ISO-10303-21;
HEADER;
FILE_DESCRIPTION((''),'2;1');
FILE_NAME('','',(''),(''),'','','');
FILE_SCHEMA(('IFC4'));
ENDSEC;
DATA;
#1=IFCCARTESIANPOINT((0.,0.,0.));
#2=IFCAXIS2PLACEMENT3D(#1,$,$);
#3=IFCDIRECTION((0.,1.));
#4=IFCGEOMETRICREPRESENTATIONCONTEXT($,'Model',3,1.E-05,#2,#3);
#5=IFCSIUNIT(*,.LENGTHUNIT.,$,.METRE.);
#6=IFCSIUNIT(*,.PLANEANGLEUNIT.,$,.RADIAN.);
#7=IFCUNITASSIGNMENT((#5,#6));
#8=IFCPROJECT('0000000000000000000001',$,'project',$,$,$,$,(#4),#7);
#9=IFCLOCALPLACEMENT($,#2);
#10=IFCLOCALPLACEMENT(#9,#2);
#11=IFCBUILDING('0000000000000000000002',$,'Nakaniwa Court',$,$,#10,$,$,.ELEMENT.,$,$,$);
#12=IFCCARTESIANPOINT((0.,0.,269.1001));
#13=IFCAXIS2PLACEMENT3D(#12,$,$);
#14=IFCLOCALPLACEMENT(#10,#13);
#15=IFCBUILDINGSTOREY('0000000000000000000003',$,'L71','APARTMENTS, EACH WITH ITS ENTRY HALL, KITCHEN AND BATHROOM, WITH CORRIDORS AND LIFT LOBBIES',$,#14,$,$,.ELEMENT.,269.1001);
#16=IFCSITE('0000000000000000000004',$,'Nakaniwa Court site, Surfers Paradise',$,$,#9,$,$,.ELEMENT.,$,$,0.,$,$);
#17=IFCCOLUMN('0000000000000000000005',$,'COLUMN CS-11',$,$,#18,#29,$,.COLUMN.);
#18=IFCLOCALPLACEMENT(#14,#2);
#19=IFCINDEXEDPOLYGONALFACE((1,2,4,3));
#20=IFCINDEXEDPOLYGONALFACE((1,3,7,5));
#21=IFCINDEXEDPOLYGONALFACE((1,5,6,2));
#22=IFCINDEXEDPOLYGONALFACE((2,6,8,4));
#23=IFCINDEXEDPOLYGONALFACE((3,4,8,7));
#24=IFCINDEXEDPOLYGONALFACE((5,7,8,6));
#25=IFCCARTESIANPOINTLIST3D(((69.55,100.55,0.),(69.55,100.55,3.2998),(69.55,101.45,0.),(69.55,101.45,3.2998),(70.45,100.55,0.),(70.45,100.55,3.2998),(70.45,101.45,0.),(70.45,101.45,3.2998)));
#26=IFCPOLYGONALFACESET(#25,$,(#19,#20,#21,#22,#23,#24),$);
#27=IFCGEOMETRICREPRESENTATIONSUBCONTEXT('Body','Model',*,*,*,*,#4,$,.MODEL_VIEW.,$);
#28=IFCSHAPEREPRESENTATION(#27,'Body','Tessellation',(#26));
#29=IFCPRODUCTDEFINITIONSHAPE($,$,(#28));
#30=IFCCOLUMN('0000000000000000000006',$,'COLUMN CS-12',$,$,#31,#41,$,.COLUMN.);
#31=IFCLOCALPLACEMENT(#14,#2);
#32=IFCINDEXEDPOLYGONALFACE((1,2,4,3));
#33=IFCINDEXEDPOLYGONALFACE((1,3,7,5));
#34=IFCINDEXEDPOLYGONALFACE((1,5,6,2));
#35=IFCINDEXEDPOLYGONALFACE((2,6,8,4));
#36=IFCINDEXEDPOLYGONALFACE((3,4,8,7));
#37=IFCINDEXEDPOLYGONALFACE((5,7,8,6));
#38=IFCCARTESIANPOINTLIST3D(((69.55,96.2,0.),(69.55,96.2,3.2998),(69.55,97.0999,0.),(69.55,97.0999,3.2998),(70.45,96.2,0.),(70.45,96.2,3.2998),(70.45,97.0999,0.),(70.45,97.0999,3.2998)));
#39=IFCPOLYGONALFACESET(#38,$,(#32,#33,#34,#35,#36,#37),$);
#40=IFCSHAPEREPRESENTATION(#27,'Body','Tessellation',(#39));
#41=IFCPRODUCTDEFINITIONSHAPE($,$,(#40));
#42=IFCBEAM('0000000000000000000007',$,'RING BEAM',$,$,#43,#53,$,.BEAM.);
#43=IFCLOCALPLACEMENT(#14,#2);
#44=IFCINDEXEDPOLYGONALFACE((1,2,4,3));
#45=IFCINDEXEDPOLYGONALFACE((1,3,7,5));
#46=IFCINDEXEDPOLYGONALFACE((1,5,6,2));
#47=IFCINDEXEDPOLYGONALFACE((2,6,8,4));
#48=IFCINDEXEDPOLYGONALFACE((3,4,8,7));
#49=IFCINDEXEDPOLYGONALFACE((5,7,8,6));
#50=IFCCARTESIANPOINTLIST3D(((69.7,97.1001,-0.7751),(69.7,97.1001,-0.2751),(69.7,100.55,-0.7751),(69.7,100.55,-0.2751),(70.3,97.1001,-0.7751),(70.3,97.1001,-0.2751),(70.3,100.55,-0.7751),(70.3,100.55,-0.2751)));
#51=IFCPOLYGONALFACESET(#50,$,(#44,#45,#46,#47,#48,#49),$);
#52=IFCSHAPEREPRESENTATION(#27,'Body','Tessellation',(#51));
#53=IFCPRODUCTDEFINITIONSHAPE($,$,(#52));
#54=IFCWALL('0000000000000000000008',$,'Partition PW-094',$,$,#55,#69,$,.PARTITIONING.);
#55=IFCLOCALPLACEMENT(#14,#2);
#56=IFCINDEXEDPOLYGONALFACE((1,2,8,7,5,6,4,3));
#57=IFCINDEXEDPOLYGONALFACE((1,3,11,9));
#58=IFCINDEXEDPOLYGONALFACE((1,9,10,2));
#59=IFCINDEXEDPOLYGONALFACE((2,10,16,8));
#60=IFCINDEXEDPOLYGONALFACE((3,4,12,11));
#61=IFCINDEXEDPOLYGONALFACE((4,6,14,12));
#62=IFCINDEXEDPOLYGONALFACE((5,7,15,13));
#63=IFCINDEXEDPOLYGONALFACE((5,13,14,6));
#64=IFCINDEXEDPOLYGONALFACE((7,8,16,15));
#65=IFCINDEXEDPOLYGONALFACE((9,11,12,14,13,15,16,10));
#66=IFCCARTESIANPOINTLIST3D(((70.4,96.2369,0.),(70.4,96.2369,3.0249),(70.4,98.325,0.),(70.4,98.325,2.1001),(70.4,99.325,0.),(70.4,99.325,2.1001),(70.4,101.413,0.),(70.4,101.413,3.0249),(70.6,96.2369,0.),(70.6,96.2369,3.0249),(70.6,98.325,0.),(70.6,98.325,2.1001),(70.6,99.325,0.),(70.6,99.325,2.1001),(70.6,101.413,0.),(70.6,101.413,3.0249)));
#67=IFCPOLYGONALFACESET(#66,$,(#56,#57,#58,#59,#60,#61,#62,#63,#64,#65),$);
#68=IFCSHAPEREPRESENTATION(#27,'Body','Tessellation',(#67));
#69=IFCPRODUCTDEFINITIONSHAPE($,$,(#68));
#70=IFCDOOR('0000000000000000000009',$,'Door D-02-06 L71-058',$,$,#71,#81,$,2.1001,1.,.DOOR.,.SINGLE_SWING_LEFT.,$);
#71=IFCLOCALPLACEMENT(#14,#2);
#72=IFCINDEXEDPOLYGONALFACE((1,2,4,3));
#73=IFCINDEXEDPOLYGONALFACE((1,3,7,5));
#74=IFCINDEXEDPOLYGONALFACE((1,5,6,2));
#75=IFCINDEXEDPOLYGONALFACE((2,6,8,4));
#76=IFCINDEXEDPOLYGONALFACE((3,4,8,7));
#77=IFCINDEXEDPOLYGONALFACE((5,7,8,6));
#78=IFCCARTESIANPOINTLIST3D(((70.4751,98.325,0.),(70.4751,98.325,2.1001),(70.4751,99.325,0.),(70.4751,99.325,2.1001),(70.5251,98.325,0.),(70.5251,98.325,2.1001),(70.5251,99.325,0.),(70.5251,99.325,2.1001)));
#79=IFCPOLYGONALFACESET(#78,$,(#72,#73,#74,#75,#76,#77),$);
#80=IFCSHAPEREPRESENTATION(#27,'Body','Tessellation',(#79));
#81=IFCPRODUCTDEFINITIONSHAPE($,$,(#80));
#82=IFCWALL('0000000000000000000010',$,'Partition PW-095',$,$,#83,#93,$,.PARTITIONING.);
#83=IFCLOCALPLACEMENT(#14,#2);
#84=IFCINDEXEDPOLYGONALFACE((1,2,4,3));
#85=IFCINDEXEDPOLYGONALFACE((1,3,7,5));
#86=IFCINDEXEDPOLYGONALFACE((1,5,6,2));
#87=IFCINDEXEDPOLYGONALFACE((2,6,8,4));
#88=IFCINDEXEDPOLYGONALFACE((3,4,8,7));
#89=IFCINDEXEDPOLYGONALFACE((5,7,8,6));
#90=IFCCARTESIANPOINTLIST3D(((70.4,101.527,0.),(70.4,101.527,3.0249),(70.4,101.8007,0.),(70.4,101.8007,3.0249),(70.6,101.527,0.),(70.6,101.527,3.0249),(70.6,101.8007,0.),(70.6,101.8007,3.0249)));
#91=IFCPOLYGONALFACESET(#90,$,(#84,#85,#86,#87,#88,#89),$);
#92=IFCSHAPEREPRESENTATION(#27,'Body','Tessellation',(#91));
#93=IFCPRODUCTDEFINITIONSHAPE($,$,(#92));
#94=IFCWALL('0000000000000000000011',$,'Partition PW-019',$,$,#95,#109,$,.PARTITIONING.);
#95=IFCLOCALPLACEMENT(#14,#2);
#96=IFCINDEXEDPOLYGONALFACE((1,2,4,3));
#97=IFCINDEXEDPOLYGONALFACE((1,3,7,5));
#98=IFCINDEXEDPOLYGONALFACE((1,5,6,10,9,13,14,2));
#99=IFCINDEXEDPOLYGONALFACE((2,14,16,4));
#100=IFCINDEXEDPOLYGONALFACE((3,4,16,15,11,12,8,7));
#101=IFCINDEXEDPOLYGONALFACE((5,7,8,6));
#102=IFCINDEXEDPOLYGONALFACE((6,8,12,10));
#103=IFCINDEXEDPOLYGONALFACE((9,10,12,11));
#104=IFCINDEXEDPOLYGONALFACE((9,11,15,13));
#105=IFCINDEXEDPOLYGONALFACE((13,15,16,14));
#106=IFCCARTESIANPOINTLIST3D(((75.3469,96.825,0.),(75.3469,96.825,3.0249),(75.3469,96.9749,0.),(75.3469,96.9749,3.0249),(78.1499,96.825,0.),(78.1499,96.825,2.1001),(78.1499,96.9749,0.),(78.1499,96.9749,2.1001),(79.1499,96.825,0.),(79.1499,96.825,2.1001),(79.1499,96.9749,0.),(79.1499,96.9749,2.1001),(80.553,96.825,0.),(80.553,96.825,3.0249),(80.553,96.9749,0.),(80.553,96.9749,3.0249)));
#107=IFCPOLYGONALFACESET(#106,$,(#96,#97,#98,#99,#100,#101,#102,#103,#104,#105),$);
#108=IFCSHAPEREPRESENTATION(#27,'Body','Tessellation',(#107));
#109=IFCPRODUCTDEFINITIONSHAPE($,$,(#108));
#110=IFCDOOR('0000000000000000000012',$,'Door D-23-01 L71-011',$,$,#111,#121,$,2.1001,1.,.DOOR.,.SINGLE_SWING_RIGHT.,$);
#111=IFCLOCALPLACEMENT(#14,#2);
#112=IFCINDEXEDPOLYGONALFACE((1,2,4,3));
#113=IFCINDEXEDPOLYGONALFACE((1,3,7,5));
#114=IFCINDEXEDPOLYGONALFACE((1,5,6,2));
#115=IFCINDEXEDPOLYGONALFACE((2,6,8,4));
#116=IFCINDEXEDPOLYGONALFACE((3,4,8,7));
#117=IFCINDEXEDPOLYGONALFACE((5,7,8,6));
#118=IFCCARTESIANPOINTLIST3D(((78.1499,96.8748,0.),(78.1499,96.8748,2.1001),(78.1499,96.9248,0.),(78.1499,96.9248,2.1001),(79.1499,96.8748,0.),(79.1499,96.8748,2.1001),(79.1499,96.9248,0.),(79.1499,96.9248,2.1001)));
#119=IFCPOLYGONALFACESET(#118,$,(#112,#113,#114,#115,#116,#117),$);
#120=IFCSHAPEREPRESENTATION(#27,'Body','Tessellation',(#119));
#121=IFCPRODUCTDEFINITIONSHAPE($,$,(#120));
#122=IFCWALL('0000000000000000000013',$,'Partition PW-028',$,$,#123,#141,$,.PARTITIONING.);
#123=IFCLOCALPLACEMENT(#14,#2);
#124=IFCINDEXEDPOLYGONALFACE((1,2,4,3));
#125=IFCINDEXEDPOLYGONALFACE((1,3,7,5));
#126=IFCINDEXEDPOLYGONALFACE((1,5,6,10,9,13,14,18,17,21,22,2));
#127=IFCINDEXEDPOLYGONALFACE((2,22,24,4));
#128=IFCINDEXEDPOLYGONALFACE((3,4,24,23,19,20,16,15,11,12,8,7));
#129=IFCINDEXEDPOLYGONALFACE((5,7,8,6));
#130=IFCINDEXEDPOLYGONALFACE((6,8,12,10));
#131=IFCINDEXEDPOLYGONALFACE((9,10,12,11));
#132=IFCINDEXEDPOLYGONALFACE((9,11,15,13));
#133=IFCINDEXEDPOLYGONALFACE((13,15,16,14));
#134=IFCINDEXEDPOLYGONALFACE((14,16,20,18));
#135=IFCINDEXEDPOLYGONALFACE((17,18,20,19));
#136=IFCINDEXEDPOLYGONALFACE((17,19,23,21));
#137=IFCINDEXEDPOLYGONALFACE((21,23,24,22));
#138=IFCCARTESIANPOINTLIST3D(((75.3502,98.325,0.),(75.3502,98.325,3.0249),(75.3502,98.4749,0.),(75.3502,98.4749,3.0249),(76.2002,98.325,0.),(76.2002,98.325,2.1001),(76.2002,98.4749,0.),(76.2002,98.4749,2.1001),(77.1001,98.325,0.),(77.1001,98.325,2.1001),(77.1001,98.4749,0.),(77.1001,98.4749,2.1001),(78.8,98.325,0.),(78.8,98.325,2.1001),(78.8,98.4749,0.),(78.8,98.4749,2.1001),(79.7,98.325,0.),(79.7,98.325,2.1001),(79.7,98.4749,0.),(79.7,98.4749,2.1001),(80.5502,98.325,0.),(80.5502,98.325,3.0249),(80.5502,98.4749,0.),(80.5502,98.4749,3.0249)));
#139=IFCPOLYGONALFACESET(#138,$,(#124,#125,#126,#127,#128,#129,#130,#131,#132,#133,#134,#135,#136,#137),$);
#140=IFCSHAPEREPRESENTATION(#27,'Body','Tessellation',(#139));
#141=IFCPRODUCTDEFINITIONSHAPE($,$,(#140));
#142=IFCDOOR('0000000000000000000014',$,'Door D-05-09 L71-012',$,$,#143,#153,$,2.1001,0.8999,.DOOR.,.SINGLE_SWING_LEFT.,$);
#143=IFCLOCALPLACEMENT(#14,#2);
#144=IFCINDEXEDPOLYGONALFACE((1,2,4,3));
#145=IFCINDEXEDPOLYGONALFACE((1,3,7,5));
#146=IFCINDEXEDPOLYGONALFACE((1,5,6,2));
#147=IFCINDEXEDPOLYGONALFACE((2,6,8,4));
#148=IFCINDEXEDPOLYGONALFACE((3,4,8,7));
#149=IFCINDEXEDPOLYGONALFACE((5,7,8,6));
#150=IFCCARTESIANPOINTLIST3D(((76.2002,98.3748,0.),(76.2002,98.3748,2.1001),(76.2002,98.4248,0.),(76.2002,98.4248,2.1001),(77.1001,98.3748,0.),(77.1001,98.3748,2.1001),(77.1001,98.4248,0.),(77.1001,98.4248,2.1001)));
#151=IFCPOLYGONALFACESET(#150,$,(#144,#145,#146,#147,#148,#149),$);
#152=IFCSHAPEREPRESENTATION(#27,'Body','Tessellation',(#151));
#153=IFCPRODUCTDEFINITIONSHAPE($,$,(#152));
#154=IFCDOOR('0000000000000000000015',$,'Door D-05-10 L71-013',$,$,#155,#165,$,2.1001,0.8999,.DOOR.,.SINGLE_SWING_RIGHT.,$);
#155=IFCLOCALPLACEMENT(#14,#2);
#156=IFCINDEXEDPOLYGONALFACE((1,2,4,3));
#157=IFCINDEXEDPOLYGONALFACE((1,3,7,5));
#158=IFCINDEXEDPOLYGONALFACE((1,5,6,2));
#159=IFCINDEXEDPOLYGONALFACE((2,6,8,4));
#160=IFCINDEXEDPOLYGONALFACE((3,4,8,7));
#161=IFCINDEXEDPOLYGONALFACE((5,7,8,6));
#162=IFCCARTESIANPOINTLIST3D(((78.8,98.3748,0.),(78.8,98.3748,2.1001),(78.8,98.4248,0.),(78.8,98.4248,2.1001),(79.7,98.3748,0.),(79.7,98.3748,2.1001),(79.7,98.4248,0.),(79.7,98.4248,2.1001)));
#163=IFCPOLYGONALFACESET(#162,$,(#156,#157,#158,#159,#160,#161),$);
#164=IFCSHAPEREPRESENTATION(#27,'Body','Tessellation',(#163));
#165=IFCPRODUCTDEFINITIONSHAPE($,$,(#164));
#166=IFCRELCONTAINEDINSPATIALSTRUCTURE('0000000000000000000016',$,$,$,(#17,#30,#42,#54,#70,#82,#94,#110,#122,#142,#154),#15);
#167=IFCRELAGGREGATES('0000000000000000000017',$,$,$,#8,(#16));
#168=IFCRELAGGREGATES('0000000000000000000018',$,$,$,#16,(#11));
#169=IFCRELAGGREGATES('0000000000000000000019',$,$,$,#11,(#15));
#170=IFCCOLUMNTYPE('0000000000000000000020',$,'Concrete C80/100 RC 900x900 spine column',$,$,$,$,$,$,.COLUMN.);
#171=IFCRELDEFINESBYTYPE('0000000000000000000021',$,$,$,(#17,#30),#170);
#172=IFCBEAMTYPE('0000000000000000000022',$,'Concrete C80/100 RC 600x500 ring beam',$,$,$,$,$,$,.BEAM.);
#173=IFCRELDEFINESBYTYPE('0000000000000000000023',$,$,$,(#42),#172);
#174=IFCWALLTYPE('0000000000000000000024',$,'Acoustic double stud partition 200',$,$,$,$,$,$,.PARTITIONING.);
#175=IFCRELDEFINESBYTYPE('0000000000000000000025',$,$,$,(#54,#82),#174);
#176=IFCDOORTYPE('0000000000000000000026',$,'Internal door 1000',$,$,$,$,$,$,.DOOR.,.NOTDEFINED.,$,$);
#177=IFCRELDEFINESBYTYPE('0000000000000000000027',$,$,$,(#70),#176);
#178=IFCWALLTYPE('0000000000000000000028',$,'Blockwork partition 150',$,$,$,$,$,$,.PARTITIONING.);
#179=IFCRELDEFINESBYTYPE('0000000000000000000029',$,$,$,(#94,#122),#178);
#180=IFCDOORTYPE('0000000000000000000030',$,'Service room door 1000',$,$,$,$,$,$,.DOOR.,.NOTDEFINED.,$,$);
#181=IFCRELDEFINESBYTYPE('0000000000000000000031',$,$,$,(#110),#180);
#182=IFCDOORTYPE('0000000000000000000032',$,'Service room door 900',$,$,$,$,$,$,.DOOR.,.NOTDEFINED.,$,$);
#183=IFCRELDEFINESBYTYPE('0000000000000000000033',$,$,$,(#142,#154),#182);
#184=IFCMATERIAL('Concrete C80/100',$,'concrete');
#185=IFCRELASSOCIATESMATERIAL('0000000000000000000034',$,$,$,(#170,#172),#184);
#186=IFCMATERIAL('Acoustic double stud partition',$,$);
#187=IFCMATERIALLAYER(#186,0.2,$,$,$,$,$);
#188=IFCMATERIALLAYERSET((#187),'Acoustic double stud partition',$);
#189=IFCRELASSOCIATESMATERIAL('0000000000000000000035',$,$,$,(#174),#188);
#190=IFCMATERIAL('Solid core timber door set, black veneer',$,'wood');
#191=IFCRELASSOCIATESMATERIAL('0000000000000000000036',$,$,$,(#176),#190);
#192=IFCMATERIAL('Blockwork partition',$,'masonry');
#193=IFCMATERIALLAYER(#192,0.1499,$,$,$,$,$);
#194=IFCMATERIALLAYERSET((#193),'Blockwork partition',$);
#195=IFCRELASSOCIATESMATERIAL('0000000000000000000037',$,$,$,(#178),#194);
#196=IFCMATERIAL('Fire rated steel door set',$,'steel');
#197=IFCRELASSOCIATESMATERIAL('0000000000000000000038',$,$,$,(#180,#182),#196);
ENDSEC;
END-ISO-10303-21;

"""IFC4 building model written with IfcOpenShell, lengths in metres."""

from ifc_helpers import new_model, si_unit, direction, frame, frame_2d, origin, origin_2d, place, context, subcontext, project, spatial, rectangle, extrude, material, layer, layer_set, material_profile, profile_set, type_object, element, fill, save


model = new_model("IFC4")

# Units and contexts
model_context = context("Model", 3, precision=1e-05, world=origin(), true_north=direction((0.0, 1.0)))
body_context = subcontext(model_context, "Body", "Model", "MODEL_VIEW")
ifc_project = project(units=[si_unit("LENGTHUNIT", "METRE"), si_unit("PLANEANGLEUNIT", "RADIAN")], contexts=[model_context])

# Site, building, storey
site_placement = place(None, origin())
site = spatial("IfcSite", under=ifc_project, at=site_placement, Name="Nakaniwa Court site, Surfers Paradise", CompositionType="ELEMENT", RefElevation=0.0)
building_placement = place(site_placement, origin())
building = spatial("IfcBuilding", under=site, at=building_placement, Name="Nakaniwa Court", CompositionType="ELEMENT")
storey_placement = place(building_placement, frame((0.0, 0.0, 269.1001)))
storey = spatial("IfcBuildingStorey", under=building, at=storey_placement, Name="L71", Description="APARTMENTS, EACH WITH ITS ENTRY HALL, KITCHEN AND BATHROOM, WITH CORRIDORS AND LIFT LOBBIES", CompositionType="ELEMENT", Elevation=269.1001)

# Columns
ifc_material_1 = material(Name="Concrete C80/100", Category="concrete")
ifc_material_profile_1 = material_profile(ifc_material_1, rectangle(XDim=0.8999, YDim=0.8999, at=origin_2d()), Name="Concrete C80/100 RC 900x900 spine column")
ifc_profile_set_1 = profile_set([ifc_material_profile_1], Name="Concrete C80/100")
column_type = type_object("IfcColumnType", Name="Concrete C80/100 RC 900x900 spine column", PredefinedType="COLUMN", material=ifc_profile_set_1)
for number, where, z_axis, x_axis, name in (
    (1, (70.0, 101.0, 0.0), (0.0, 0.0, 1.0), (0.0, -1.0, 0.0), "COLUMN CS-11"),
    (2, (70.0, 96.6499, 0.0), (0.0, 0.0, 1.0), (0.0, -1.0, 0.0), "COLUMN CS-12"),
):
    element("IfcColumn", number, at=place(storey_placement, frame(where, z_axis=z_axis, x_axis=x_axis)), inside=storey, type_object=column_type, Name=name, PredefinedType="COLUMN", context=body_context, shape_type="SweptSolid", body=[
        extrude(rectangle(XDim=0.8999, YDim=0.8999, at=origin_2d()), origin(), (0.0, 0.0, 1.0), 3.2998),
    ])

# Beam
ifc_material_profile_2 = material_profile(ifc_material_1, rectangle(XDim=0.6001, YDim=0.5, at=origin_2d()), Name="Concrete C80/100 RC 600x500 ring beam")
ifc_profile_set_2 = profile_set([ifc_material_profile_2], Name="Concrete C80/100")
beam_type = type_object("IfcBeamType", Name="Concrete C80/100 RC 600x500 ring beam", PredefinedType="BEAM", material=ifc_profile_set_2)
beam_placement = place(storey_placement, frame((70.0, 100.55, -0.5251), z_axis=(0.0, -1.0, 0.0), x_axis=(1.0, 0.0, 0.0)))
element("IfcBeam", 3, at=beam_placement, inside=storey, type_object=beam_type, Name="RING BEAM", PredefinedType="BEAM", context=body_context, shape_type="SweptSolid", body=[
    extrude(rectangle(XDim=0.6001, YDim=0.5, at=origin_2d()), origin(), (0.0, 0.0, 1.0), 3.45),
])

# Wall, opening, door
ifc_material_2 = material(Name="Acoustic double stud partition")
ifc_layer_1 = layer(ifc_material_2, 0.2)
ifc_layer_set_1 = layer_set([ifc_layer_1], Name="Acoustic double stud partition")
wall_type_1 = type_object("IfcWallType", Name="Acoustic double stud partition 200", PredefinedType="PARTITIONING", material=ifc_layer_set_1)
wall_1_placement = place(storey_placement, frame((70.5, 96.2371, 0.0), z_axis=(0.0, 0.0, 1.0), x_axis=(0.0, 1.0, 0.0)))
wall_1 = element("IfcWall", 4, at=wall_1_placement, inside=storey, type_object=wall_type_1, Name="Partition PW-094", PredefinedType="PARTITIONING", context=body_context, shape_type="SweptSolid", body=[
    extrude(rectangle(XDim=5.176, YDim=0.2, at=frame_2d((2.5879, 0.0))), origin(), (0.0, 0.0, 1.0), 3.0249),
])
opening_1_placement = place(wall_1_placement, frame((2.0879, 0.0, 0.0)))
opening_1 = element("IfcOpeningElement", 5, at=opening_1_placement, cuts=wall_1, PredefinedType="OPENING", context=body_context, shape_type="SweptSolid", body=[
    extrude(rectangle(XDim=1.0, YDim=2.1001, at=frame_2d((0.5, 1.05))), frame((0.0, 0.1099, 0.0), z_axis=(0.0, -1.0, 0.0), x_axis=(1.0, 0.0, 0.0)), (0.0, 0.0, 1.0), 0.22),
])
ifc_material_3 = material(Name="Solid core timber door set, black veneer", Category="wood")
door_type_1 = type_object("IfcDoorType", Name="Internal door 1000", OperationType="NOTDEFINED", PredefinedType="DOOR", material=ifc_material_3)
door_1_placement = place(opening_1_placement, origin())
door_1 = element("IfcDoor", 6, at=door_1_placement, inside=storey, type_object=door_type_1, Name="Door D-02-06 L71-058", OperationType="SINGLE_SWING_LEFT", OverallHeight=2.1001, OverallWidth=1.0, PredefinedType="DOOR", context=body_context, shape_type="SweptSolid", body=[
    extrude(rectangle(XDim=1.0, YDim=2.1001, at=frame_2d((0.5, 1.05))), frame((0.0, 0.0249, 0.0), z_axis=(0.0, -1.0, 0.0), x_axis=(1.0, 0.0, 0.0)), (0.0, 0.0, 1.0), 0.05),
])
fill(opening_1, door_1)

# Wall
wall_2_placement = place(storey_placement, frame((70.5, 101.5271, 0.0), z_axis=(0.0, 0.0, 1.0), x_axis=(0.0, 1.0, 0.0)))
element("IfcWall", 7, at=wall_2_placement, inside=storey, type_object=wall_type_1, Name="Partition PW-095", PredefinedType="PARTITIONING", context=body_context, shape_type="SweptSolid", body=[
    extrude(rectangle(XDim=0.2737, YDim=0.2, at=frame_2d((0.1367, 0.0))), origin(), (0.0, 0.0, 1.0), 3.0249),
])

# Wall, opening, door
ifc_material_4 = material(Name="Blockwork partition", Category="masonry")
ifc_layer_2 = layer(ifc_material_4, 0.1499)
ifc_layer_set_2 = layer_set([ifc_layer_2], Name="Blockwork partition")
wall_type_2 = type_object("IfcWallType", Name="Blockwork partition 150", PredefinedType="PARTITIONING", material=ifc_layer_set_2)
wall_3_placement = place(storey_placement, frame((75.3469, 96.8999, 0.0), z_axis=(0.0, 0.0, 1.0), x_axis=(1.0, 0.0, 0.0)))
wall_3 = element("IfcWall", 8, at=wall_3_placement, inside=storey, type_object=wall_type_2, Name="Partition PW-019", PredefinedType="PARTITIONING", context=body_context, shape_type="SweptSolid", body=[
    extrude(rectangle(XDim=5.2061, YDim=0.1499, at=frame_2d((2.603, 0.0))), origin(), (0.0, 0.0, 1.0), 3.0249),
])
opening_2_placement = place(wall_3_placement, frame((2.803, 0.0, 0.0)))
opening_2 = element("IfcOpeningElement", 9, at=opening_2_placement, cuts=wall_3, PredefinedType="OPENING", context=body_context, shape_type="SweptSolid", body=[
    extrude(rectangle(XDim=1.0, YDim=2.1001, at=frame_2d((0.5, 1.05))), frame((0.0, 0.085, 0.0), z_axis=(0.0, -1.0, 0.0), x_axis=(1.0, 0.0, 0.0)), (0.0, 0.0, 1.0), 0.1699),
])
ifc_material_5 = material(Name="Fire rated steel door set", Category="steel")
door_type_2 = type_object("IfcDoorType", Name="Service room door 1000", OperationType="NOTDEFINED", PredefinedType="DOOR", material=ifc_material_5)
door_2_placement = place(opening_2_placement, origin())
door_2 = element("IfcDoor", 10, at=door_2_placement, inside=storey, type_object=door_type_2, Name="Door D-23-01 L71-011", OperationType="SINGLE_SWING_RIGHT", OverallHeight=2.1001, OverallWidth=1.0, PredefinedType="DOOR", context=body_context, shape_type="SweptSolid", body=[
    extrude(rectangle(XDim=1.0, YDim=2.1001, at=frame_2d((0.5, 1.05))), frame((0.0, 0.0249, 0.0), z_axis=(0.0, -1.0, 0.0), x_axis=(1.0, 0.0, 0.0)), (0.0, 0.0, 1.0), 0.05),
])
fill(opening_2, door_2)

# Wall, openings, doors
wall_4_placement = place(storey_placement, frame((75.3501, 98.3999, 0.0), z_axis=(0.0, 0.0, 1.0), x_axis=(1.0, 0.0, 0.0)))
wall_4 = element("IfcWall", 11, at=wall_4_placement, inside=storey, type_object=wall_type_2, Name="Partition PW-028", PredefinedType="PARTITIONING", context=body_context, shape_type="SweptSolid", body=[
    extrude(rectangle(XDim=5.2, YDim=0.1499, at=frame_2d((2.6001, 0.0))), origin(), (0.0, 0.0, 1.0), 3.0249),
])
opening_3_placement = place(wall_4_placement, frame((0.8501, 0.0, 0.0)))
opening_3 = element("IfcOpeningElement", 12, at=opening_3_placement, cuts=wall_4, PredefinedType="OPENING", context=body_context, shape_type="SweptSolid", body=[
    extrude(rectangle(XDim=0.8999, YDim=2.1001, at=frame_2d((0.45, 1.05))), frame((0.0, 0.085, 0.0), z_axis=(0.0, -1.0, 0.0), x_axis=(1.0, 0.0, 0.0)), (0.0, 0.0, 1.0), 0.1699),
])
opening_4_placement = place(wall_4_placement, frame((3.45, 0.0, 0.0)))
opening_4 = element("IfcOpeningElement", 13, at=opening_4_placement, cuts=wall_4, PredefinedType="OPENING", context=body_context, shape_type="SweptSolid", body=[
    extrude(rectangle(XDim=0.8999, YDim=2.1001, at=frame_2d((0.45, 1.05))), frame((0.0, 0.085, 0.0), z_axis=(0.0, -1.0, 0.0), x_axis=(1.0, 0.0, 0.0)), (0.0, 0.0, 1.0), 0.1699),
])
door_type_3 = type_object("IfcDoorType", Name="Service room door 900", OperationType="NOTDEFINED", PredefinedType="DOOR", material=ifc_material_5)
door_3_placement = place(opening_3_placement, origin())
door_3 = element("IfcDoor", 14, at=door_3_placement, inside=storey, type_object=door_type_3, Name="Door D-05-09 L71-012", OperationType="SINGLE_SWING_LEFT", OverallHeight=2.1001, OverallWidth=0.8999, PredefinedType="DOOR", context=body_context, shape_type="SweptSolid", body=[
    extrude(rectangle(XDim=0.8999, YDim=2.1001, at=frame_2d((0.45, 1.05))), frame((0.0, 0.0249, 0.0), z_axis=(0.0, -1.0, 0.0), x_axis=(1.0, 0.0, 0.0)), (0.0, 0.0, 1.0), 0.05),
])
fill(opening_3, door_3)
door_4_placement = place(opening_4_placement, origin())
door_4 = element("IfcDoor", 15, at=door_4_placement, inside=storey, type_object=door_type_3, Name="Door D-05-10 L71-013", OperationType="SINGLE_SWING_RIGHT", OverallHeight=2.1001, OverallWidth=0.8999, PredefinedType="DOOR", context=body_context, shape_type="SweptSolid", body=[
    extrude(rectangle(XDim=0.8999, YDim=2.1001, at=frame_2d((0.45, 1.05))), frame((0.0, 0.0249, 0.0), z_axis=(0.0, -1.0, 0.0), x_axis=(1.0, 0.0, 0.0)), (0.0, 0.0, 1.0), 0.05),
])
fill(opening_4, door_4)

save(model, "model.ifc")
